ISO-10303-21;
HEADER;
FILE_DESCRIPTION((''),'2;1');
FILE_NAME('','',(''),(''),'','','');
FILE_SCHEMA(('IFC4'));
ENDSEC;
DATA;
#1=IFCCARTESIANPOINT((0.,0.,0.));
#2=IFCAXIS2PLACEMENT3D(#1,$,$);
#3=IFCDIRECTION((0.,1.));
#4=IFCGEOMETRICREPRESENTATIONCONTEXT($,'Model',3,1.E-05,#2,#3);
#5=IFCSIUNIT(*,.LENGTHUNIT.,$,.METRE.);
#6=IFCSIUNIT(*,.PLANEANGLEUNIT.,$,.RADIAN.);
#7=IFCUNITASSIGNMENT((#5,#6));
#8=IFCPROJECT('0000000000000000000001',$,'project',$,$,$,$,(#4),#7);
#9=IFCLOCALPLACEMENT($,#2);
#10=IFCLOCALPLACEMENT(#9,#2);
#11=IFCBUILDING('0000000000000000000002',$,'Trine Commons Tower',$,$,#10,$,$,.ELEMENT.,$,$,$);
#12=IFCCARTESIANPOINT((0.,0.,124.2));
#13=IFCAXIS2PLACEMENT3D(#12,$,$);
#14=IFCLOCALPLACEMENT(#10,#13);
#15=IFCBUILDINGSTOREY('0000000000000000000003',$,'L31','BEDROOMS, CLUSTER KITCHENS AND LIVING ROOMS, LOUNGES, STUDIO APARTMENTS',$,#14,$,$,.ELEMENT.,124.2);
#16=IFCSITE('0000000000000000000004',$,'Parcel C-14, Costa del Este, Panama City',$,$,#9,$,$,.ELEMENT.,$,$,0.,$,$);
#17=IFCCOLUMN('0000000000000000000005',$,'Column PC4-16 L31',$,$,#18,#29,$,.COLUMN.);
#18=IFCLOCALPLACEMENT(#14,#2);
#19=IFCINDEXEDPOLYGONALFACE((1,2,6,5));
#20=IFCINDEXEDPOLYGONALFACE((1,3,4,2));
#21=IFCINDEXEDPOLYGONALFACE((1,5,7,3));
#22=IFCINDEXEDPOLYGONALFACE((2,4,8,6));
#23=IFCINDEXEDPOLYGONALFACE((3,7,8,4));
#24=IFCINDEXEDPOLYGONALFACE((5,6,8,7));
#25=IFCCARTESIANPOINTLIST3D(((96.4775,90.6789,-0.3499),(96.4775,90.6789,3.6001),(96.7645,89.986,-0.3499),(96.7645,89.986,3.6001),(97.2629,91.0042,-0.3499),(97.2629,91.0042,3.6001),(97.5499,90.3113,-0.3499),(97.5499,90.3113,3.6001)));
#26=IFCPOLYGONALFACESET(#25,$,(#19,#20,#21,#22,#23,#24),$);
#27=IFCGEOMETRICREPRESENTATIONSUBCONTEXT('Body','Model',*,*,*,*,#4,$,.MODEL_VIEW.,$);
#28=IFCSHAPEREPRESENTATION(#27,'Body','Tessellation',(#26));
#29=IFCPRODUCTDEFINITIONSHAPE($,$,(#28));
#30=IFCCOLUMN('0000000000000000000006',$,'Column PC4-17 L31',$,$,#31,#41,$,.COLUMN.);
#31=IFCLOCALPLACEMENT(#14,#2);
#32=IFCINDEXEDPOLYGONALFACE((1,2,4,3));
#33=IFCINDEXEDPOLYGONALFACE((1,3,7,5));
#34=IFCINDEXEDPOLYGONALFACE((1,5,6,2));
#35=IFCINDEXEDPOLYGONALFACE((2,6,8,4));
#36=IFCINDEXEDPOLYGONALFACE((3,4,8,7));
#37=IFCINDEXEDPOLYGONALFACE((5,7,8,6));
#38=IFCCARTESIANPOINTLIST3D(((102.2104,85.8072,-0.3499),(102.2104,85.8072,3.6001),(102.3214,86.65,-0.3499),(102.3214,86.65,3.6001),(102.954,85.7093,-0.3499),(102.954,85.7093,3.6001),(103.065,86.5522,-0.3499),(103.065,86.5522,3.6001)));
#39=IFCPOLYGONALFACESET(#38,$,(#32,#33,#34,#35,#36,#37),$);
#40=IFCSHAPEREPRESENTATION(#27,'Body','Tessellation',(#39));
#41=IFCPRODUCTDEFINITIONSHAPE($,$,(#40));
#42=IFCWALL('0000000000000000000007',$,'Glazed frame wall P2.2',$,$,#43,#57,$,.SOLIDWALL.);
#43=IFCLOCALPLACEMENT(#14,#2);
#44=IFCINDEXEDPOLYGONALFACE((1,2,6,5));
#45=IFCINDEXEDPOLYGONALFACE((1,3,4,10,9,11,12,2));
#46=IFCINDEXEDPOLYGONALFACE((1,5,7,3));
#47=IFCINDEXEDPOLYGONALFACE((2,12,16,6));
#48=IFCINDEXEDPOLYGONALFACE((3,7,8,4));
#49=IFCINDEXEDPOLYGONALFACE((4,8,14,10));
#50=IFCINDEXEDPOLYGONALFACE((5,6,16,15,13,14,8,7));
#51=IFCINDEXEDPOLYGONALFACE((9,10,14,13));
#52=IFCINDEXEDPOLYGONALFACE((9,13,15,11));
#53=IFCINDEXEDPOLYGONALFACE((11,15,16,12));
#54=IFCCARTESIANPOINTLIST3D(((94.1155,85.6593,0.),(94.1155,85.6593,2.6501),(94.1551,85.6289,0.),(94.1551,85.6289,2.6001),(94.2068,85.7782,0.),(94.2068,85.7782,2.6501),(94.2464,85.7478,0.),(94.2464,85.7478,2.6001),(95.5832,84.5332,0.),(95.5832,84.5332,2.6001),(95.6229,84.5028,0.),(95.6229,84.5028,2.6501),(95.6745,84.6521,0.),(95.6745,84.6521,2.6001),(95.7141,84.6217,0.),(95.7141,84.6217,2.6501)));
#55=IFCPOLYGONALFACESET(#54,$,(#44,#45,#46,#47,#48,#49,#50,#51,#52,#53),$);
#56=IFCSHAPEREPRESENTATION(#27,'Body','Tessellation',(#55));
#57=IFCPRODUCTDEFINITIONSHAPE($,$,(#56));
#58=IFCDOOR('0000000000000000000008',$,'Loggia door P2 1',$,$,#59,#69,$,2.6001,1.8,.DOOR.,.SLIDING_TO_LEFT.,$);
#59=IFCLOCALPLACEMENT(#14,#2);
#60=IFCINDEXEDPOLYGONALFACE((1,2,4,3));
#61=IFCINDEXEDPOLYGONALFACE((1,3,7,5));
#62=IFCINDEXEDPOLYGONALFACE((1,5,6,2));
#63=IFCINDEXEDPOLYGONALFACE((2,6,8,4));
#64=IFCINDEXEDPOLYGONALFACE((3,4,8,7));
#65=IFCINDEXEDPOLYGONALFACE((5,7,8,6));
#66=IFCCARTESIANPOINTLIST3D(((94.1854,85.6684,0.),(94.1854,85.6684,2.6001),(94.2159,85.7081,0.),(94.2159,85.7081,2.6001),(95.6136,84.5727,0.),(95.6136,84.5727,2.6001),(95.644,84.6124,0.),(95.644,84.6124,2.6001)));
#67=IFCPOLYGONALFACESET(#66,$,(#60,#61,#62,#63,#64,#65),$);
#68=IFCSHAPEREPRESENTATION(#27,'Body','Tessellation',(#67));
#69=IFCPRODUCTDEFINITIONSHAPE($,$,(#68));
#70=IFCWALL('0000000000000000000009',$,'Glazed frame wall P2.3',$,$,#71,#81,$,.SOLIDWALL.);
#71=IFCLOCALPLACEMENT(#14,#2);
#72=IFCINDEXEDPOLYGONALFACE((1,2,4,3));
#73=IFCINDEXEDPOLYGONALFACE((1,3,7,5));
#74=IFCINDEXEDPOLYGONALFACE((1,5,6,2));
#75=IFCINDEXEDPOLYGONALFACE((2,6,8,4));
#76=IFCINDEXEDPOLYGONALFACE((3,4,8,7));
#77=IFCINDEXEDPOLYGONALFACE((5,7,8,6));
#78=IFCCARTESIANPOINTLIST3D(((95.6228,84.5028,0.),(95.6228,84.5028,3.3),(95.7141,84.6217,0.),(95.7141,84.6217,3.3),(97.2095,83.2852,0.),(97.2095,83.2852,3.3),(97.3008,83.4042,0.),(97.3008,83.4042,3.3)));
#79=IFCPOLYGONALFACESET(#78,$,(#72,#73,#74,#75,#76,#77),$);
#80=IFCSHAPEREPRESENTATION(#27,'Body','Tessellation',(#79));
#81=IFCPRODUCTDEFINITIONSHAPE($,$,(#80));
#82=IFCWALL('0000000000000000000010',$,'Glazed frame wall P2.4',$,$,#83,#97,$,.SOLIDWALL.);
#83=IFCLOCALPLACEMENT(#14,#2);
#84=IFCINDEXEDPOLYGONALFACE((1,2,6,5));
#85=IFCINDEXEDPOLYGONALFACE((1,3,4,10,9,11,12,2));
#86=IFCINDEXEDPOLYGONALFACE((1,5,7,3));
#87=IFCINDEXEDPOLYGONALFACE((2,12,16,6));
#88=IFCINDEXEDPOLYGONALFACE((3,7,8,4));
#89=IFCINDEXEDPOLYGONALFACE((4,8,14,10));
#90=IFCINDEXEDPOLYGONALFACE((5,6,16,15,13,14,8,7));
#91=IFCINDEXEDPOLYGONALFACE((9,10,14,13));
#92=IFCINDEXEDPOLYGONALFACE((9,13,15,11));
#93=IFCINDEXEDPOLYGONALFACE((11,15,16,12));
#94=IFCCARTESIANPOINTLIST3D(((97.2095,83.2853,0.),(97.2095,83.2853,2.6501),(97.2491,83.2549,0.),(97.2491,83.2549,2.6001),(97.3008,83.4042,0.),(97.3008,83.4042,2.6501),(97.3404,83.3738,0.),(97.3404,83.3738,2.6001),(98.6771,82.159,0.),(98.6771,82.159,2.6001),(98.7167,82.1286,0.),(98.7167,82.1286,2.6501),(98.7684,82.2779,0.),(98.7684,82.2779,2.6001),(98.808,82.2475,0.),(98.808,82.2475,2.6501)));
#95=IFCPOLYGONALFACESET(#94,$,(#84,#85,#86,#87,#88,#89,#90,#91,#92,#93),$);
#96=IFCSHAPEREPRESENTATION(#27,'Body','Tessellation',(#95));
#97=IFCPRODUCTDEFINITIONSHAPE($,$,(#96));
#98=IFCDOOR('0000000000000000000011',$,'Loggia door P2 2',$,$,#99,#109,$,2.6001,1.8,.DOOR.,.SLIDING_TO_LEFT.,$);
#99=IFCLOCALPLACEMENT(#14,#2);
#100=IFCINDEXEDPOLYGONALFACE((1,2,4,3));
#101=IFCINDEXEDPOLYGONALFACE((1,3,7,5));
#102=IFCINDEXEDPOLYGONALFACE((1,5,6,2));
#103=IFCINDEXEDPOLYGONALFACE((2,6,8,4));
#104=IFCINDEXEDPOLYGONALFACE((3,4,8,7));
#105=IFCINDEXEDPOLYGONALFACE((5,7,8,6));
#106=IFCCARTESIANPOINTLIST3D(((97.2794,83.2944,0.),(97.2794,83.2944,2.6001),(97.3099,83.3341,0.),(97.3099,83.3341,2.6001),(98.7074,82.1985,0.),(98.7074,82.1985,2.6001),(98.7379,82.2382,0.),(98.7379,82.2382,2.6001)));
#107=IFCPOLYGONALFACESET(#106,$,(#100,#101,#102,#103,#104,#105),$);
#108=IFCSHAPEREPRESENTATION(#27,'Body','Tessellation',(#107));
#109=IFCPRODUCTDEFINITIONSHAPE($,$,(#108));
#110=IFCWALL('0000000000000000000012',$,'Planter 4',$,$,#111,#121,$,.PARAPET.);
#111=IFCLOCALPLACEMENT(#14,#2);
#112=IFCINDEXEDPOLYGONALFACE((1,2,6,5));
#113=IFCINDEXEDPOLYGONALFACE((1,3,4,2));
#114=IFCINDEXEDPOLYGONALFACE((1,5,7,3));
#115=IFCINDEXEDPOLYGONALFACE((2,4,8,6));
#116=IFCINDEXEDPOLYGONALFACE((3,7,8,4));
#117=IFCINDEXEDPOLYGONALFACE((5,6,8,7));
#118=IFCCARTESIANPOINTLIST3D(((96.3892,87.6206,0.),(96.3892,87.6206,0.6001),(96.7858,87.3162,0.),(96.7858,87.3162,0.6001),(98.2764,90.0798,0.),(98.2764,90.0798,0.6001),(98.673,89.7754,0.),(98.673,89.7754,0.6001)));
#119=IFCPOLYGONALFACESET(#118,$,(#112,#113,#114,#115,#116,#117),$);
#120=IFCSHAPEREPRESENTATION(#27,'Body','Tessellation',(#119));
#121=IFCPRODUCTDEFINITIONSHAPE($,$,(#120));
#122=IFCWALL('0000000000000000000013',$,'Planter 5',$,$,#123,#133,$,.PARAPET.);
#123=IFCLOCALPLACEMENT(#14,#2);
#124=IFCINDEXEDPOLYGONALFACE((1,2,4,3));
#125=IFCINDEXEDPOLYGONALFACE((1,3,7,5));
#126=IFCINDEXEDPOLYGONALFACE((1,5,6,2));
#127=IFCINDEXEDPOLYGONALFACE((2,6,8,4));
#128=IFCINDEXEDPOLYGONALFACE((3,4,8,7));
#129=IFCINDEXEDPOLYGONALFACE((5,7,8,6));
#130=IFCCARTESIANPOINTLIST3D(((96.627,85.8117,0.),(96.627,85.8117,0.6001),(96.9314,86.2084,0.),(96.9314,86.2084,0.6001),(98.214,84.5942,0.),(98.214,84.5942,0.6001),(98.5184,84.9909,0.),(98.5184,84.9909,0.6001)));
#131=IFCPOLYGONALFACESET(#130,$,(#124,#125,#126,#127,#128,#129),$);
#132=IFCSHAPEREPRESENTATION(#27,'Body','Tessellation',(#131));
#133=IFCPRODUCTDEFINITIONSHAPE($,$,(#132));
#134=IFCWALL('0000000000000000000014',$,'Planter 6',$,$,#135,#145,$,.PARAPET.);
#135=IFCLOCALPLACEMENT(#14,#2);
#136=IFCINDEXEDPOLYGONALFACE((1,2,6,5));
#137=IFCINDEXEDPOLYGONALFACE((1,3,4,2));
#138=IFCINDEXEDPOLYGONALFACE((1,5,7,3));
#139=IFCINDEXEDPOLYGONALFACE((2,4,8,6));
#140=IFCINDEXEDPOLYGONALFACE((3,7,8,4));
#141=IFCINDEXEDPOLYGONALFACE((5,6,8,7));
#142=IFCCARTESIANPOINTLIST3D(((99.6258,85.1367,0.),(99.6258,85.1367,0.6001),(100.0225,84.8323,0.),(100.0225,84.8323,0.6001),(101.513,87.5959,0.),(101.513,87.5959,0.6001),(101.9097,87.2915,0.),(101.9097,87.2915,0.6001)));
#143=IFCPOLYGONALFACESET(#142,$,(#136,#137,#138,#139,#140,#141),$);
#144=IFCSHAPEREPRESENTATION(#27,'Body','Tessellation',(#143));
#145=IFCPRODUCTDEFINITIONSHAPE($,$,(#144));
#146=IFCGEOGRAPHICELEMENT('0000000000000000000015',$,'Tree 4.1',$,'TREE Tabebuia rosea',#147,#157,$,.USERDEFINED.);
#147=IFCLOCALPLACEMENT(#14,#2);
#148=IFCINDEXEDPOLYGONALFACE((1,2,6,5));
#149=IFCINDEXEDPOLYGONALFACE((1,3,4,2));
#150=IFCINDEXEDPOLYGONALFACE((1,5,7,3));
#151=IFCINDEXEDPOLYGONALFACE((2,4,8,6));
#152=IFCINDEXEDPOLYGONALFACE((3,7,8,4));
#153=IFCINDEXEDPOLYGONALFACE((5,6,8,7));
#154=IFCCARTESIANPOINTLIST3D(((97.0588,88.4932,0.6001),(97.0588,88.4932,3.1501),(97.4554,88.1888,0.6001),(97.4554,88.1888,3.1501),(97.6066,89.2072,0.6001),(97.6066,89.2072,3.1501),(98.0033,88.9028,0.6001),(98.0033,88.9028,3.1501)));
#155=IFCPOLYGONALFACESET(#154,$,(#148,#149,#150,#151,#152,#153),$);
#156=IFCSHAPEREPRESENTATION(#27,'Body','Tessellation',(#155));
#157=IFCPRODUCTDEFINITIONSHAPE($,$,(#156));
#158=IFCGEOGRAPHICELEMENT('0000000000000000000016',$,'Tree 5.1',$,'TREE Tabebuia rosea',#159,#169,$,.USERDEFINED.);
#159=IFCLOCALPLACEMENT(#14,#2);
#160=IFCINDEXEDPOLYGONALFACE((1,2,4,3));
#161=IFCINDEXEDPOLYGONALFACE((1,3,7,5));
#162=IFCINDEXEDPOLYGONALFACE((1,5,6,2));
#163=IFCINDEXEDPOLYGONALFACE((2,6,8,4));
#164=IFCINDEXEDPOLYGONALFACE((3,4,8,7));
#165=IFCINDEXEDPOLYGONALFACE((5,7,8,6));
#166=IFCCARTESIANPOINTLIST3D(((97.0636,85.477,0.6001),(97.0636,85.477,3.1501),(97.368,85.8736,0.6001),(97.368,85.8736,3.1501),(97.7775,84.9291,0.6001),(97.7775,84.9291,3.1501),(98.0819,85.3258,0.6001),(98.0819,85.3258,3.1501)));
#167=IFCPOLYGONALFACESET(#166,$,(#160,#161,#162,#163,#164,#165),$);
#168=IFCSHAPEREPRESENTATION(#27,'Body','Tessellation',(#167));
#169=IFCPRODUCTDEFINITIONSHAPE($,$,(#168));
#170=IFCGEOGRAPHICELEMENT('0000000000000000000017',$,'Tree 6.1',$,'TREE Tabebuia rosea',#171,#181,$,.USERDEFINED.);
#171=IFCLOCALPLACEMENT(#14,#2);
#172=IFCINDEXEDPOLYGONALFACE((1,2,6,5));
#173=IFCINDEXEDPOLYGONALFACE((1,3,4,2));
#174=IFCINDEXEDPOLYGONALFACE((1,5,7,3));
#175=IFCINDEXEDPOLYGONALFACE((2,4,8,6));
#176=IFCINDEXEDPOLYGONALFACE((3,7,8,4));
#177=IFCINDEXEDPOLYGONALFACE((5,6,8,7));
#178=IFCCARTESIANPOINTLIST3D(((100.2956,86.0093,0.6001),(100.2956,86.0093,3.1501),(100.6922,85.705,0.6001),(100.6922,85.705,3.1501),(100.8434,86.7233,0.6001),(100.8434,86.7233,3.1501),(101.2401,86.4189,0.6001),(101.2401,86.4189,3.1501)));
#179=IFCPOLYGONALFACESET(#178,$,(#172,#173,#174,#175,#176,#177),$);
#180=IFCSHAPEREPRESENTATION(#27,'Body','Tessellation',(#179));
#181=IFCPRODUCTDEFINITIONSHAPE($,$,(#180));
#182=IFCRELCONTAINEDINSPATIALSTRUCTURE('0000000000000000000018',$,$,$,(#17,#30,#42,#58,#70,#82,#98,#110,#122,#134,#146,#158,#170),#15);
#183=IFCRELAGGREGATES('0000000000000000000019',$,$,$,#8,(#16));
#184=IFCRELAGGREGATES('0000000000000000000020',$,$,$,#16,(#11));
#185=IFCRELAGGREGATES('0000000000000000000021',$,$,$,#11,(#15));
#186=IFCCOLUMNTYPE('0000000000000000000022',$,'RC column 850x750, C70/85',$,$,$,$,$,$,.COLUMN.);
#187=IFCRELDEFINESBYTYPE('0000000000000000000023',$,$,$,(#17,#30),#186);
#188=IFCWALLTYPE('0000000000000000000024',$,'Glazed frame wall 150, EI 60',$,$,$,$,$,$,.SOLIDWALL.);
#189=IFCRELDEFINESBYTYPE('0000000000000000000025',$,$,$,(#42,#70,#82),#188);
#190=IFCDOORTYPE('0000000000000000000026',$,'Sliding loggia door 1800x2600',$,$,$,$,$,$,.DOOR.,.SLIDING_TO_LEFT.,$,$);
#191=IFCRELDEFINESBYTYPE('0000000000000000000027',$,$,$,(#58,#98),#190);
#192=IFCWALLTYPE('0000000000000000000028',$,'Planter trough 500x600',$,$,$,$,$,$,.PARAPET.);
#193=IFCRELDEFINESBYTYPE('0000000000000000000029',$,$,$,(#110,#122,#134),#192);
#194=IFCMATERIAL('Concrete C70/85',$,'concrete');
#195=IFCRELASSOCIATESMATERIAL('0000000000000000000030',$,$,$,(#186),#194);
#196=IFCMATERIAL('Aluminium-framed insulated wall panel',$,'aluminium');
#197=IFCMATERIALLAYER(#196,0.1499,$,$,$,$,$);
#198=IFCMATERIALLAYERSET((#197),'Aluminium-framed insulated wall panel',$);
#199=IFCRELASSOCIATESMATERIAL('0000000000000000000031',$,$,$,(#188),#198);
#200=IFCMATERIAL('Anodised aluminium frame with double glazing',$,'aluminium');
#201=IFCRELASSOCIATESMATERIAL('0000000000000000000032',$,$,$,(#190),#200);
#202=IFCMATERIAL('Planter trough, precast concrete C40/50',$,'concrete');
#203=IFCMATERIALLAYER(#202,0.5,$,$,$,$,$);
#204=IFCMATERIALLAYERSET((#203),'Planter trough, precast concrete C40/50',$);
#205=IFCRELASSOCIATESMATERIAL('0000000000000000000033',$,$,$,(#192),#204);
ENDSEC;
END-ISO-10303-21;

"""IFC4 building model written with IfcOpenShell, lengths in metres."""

from ifc_helpers import new_model, si_unit, direction, frame, frame_2d, origin, origin_2d, place, context, subcontext, project, spatial, polyline, rectangle, outline, extrude, material, layer, layer_set, material_profile, profile_set, type_object, element, fill, save


model = new_model("IFC4")

# Units and contexts
model_context = context("Model", 3, precision=1e-05, world=origin(), true_north=direction((0.0, 1.0)))
body_context = subcontext(model_context, "Body", "Model", "MODEL_VIEW")
ifc_project = project(units=[si_unit("LENGTHUNIT", "METRE"), si_unit("PLANEANGLEUNIT", "RADIAN")], contexts=[model_context])

# Site, building, storey
site_placement = place(None, origin())
site = spatial("IfcSite", under=ifc_project, at=site_placement, Name="Parcel C-14, Costa del Este, Panama City", CompositionType="ELEMENT", RefElevation=0.0)
building_placement = place(site_placement, origin())
building = spatial("IfcBuilding", under=site, at=building_placement, Name="Trine Commons Tower", CompositionType="ELEMENT")
storey_placement = place(building_placement, frame((0.0, 0.0, 124.2)))
storey = spatial("IfcBuildingStorey", under=building, at=storey_placement, Name="L31", Description="BEDROOMS, CLUSTER KITCHENS AND LIVING ROOMS, LOUNGES, STUDIO APARTMENTS", CompositionType="ELEMENT", Elevation=124.2)

# Columns
ifc_material_1 = material(Name="Concrete C70/85", Category="concrete")
ifc_material_profile = material_profile(ifc_material_1, rectangle(XDim=0.8501, YDim=0.75, at=origin_2d()), Name="RC 850x750")
ifc_profile_set = profile_set([ifc_material_profile], Name="Concrete C70/85")
column_type = type_object("IfcColumnType", Name="RC column 850x750, C70/85", PredefinedType="COLUMN", material=ifc_profile_set)
for number, where, z_axis, x_axis, name in (
    (1, (97.0137, 90.4951, -0.3499), (0.0, 0.0, 1.0), (0.92388, 0.382683, 0.0), "Column PC4-16 L31"),
    (2, (102.6377, 86.1797, -0.3499), (0.0, 0.0, 1.0), (0.130526, 0.991445, 0.0), "Column PC4-17 L31"),
):
    element("IfcColumn", number, at=place(storey_placement, frame(where, z_axis=z_axis, x_axis=x_axis)), inside=storey, type_object=column_type, Name=name, PredefinedType="COLUMN", context=body_context, shape_type="SweptSolid", body=[
        extrude(rectangle(XDim=0.8501, YDim=0.75, at=origin_2d()), origin(), (0.0, 0.0, 1.0), 3.95),
    ])

# Shared definitions
ifc_material_2 = material(Name="Aluminium-framed insulated wall panel", Category="aluminium")
ifc_layer_1 = layer(ifc_material_2, 0.1499)
ifc_layer_set_1 = layer_set([ifc_layer_1], Name="Aluminium-framed insulated wall panel")
wall_type_1 = type_object("IfcWallType", Name="Glazed frame wall 150, EI 60", PredefinedType="SOLIDWALL", material=ifc_layer_set_1)

# Wall, opening, door
wall_1_placement = place(storey_placement, frame((94.1611, 85.7188, 0.0), z_axis=(0.0, 0.0, 1.0), x_axis=(0.793383, -0.608723, 0.0)))
wall_1 = element("IfcWall", 3, at=wall_1_placement, inside=storey, type_object=wall_type_1, Name="Glazed frame wall P2.2", PredefinedType="SOLIDWALL", context=body_context, shape_type="SweptSolid", body=[
    extrude(outline(polyline([(0.0, -0.075), (1.8999, -0.075), (1.8999, 0.075), (0.0, 0.075), (0.0, -0.075)])), origin(), (0.0, 0.0, 1.0), 2.6501),
])
opening_1_placement = place(wall_1_placement, frame((0.05, 0.0, 0.0)))
opening_1 = element("IfcOpeningElement", 4, at=opening_1_placement, cuts=wall_1, PredefinedType="OPENING", context=body_context, shape_type="SweptSolid", body=[
    extrude(rectangle(XDim=1.8, YDim=2.6001, at=frame_2d((0.8999, 1.3))), frame((0.0, 0.085, 0.0), z_axis=(0.0, -1.0, 0.0), x_axis=(1.0, 0.0, 0.0)), (0.0, 0.0, 1.0), 0.1699),
])
ifc_material_3 = material(Name="Anodised aluminium frame with double glazing", Category="aluminium")
door_type = type_object("IfcDoorType", Name="Sliding loggia door 1800x2600", OperationType="SLIDING_TO_LEFT", PredefinedType="DOOR", material=ifc_material_3)
door_1_placement = place(opening_1_placement, origin())
door_1 = element("IfcDoor", 5, at=door_1_placement, inside=storey, type_object=door_type, Name="Loggia door P2 1", OperationType="SLIDING_TO_LEFT", OverallHeight=2.6001, OverallWidth=1.8, PredefinedType="DOOR", context=body_context, shape_type="SweptSolid", body=[
    extrude(rectangle(XDim=1.8, YDim=2.6001, at=frame_2d((0.8999, 1.3))), frame((0.0, 0.0249, 0.0), z_axis=(0.0, -1.0, 0.0), x_axis=(1.0, 0.0, 0.0)), (0.0, 0.0, 1.0), 0.05),
])
fill(opening_1, door_1)

# Wall
wall_2_placement = place(storey_placement, frame((95.6685, 84.5623, 0.0), z_axis=(0.0, 0.0, 1.0), x_axis=(0.793345, -0.608772, 0.0)))
element("IfcWall", 6, at=wall_2_placement, inside=storey, type_object=wall_type_1, Name="Glazed frame wall P2.3", PredefinedType="SOLIDWALL", context=body_context, shape_type="SweptSolid", body=[
    extrude(outline(polyline([(0.0, -0.075), (2.0, -0.075), (2.0, 0.075), (0.0, 0.075), (0.0, -0.075)])), origin(), (0.0, 0.0, 1.0), 3.3),
])

# Wall, opening, door
wall_3_placement = place(storey_placement, frame((97.2551, 83.3447, 0.0), z_axis=(0.0, 0.0, 1.0), x_axis=(0.793321, -0.608804, 0.0)))
wall_3 = element("IfcWall", 7, at=wall_3_placement, inside=storey, type_object=wall_type_1, Name="Glazed frame wall P2.4", PredefinedType="SOLIDWALL", context=body_context, shape_type="SweptSolid", body=[
    extrude(outline(polyline([(0.0, -0.075), (1.8999, -0.075), (1.8999, 0.075), (0.0, 0.075), (0.0, -0.075)])), origin(), (0.0, 0.0, 1.0), 2.6501),
])
opening_2_placement = place(wall_3_placement, frame((0.05, 0.0, 0.0)))
opening_2 = element("IfcOpeningElement", 8, at=opening_2_placement, cuts=wall_3, PredefinedType="OPENING", context=body_context, shape_type="SweptSolid", body=[
    extrude(rectangle(XDim=1.8, YDim=2.6001, at=frame_2d((0.8999, 1.3))), frame((0.0, 0.085, 0.0), z_axis=(0.0, -1.0, 0.0), x_axis=(1.0, 0.0, 0.0)), (0.0, 0.0, 1.0), 0.1699),
])
door_2_placement = place(opening_2_placement, origin())
door_2 = element("IfcDoor", 9, at=door_2_placement, inside=storey, type_object=door_type, Name="Loggia door P2 2", OperationType="SLIDING_TO_LEFT", OverallHeight=2.6001, OverallWidth=1.8, PredefinedType="DOOR", context=body_context, shape_type="SweptSolid", body=[
    extrude(rectangle(XDim=1.8, YDim=2.6001, at=frame_2d((0.8999, 1.3))), frame((0.0, 0.0249, 0.0), z_axis=(0.0, -1.0, 0.0), x_axis=(1.0, 0.0, 0.0)), (0.0, 0.0, 1.0), 0.05),
])
fill(opening_2, door_2)

# Walls
ifc_material_4 = material(Name="Planter trough, precast concrete C40/50", Category="concrete")
ifc_layer_2 = layer(ifc_material_4, 0.5)
ifc_layer_set_2 = layer_set([ifc_layer_2], Name="Planter trough, precast concrete C40/50")
wall_type_2 = type_object("IfcWallType", Name="Planter trough 500x600", PredefinedType="PARAPET", material=ifc_layer_set_2)
wall_4_placement = place(storey_placement, frame((98.4746, 89.9275, 0.0), z_axis=(0.0, 0.0, 1.0), x_axis=(-0.608797, -0.793326, 0.0)))
element("IfcWall", 10, at=wall_4_placement, inside=storey, type_object=wall_type_2, Name="Planter 4", PredefinedType="PARAPET", context=body_context, shape_type="SweptSolid", body=[
    extrude(rectangle(XDim=3.0999, YDim=0.5, at=frame_2d((1.5498, 0.0))), origin(), (0.0, 0.0, 1.0), 0.6001),
])
wall_5_placement = place(storey_placement, frame((96.7793, 86.01, 0.0), z_axis=(0.0, 0.0, 1.0), x_axis=(0.79339, -0.608713, 0.0)))
element("IfcWall", 11, at=wall_5_placement, inside=storey, type_object=wall_type_2, Name="Planter 5", PredefinedType="PARAPET", context=body_context, shape_type="SweptSolid", body=[
    extrude(rectangle(XDim=2.0002, YDim=0.5, at=frame_2d((1.0, 0.0))), origin(), (0.0, 0.0, 1.0), 0.6001),
])
wall_6_placement = place(storey_placement, frame((99.8242, 84.9846, 0.0), z_axis=(0.0, 0.0, 1.0), x_axis=(0.608797, 0.793326, 0.0)))
element("IfcWall", 12, at=wall_6_placement, inside=storey, type_object=wall_type_2, Name="Planter 6", PredefinedType="PARAPET", context=body_context, shape_type="SweptSolid", body=[
    extrude(rectangle(XDim=3.0999, YDim=0.5, at=frame_2d((1.5498, 0.0))), origin(), (0.0, 0.0, 1.0), 0.6001),
])

# Geographic elements
for number, where, z_axis, x_axis, name in (
    (13, (97.531, 88.698, 0.6001), (0.0, 0.0, 1.0), (-0.608755, -0.793359, 0.0), "Tree 4.1"),
    (14, (97.5728, 85.4014, 0.6001), (0.0, 0.0, 1.0), (0.793335, -0.608785, 0.0), "Tree 5.1"),
    (15, (100.7678, 86.2141, 0.6001), (0.0, 0.0, 1.0), (0.608768, 0.793348, 0.0), "Tree 6.1"),
):
    element("IfcGeographicElement", number, at=place(storey_placement, frame(where, z_axis=z_axis, x_axis=x_axis)), inside=storey, Name=name, ObjectType="TREE Tabebuia rosea", PredefinedType="USERDEFINED", context=body_context, shape_type="SweptSolid", body=[
        extrude(rectangle(XDim=0.8999, YDim=0.5, at=origin_2d()), origin(), (0.0, 0.0, 1.0), 2.55),
    ])

save(model, "model.ifc")
